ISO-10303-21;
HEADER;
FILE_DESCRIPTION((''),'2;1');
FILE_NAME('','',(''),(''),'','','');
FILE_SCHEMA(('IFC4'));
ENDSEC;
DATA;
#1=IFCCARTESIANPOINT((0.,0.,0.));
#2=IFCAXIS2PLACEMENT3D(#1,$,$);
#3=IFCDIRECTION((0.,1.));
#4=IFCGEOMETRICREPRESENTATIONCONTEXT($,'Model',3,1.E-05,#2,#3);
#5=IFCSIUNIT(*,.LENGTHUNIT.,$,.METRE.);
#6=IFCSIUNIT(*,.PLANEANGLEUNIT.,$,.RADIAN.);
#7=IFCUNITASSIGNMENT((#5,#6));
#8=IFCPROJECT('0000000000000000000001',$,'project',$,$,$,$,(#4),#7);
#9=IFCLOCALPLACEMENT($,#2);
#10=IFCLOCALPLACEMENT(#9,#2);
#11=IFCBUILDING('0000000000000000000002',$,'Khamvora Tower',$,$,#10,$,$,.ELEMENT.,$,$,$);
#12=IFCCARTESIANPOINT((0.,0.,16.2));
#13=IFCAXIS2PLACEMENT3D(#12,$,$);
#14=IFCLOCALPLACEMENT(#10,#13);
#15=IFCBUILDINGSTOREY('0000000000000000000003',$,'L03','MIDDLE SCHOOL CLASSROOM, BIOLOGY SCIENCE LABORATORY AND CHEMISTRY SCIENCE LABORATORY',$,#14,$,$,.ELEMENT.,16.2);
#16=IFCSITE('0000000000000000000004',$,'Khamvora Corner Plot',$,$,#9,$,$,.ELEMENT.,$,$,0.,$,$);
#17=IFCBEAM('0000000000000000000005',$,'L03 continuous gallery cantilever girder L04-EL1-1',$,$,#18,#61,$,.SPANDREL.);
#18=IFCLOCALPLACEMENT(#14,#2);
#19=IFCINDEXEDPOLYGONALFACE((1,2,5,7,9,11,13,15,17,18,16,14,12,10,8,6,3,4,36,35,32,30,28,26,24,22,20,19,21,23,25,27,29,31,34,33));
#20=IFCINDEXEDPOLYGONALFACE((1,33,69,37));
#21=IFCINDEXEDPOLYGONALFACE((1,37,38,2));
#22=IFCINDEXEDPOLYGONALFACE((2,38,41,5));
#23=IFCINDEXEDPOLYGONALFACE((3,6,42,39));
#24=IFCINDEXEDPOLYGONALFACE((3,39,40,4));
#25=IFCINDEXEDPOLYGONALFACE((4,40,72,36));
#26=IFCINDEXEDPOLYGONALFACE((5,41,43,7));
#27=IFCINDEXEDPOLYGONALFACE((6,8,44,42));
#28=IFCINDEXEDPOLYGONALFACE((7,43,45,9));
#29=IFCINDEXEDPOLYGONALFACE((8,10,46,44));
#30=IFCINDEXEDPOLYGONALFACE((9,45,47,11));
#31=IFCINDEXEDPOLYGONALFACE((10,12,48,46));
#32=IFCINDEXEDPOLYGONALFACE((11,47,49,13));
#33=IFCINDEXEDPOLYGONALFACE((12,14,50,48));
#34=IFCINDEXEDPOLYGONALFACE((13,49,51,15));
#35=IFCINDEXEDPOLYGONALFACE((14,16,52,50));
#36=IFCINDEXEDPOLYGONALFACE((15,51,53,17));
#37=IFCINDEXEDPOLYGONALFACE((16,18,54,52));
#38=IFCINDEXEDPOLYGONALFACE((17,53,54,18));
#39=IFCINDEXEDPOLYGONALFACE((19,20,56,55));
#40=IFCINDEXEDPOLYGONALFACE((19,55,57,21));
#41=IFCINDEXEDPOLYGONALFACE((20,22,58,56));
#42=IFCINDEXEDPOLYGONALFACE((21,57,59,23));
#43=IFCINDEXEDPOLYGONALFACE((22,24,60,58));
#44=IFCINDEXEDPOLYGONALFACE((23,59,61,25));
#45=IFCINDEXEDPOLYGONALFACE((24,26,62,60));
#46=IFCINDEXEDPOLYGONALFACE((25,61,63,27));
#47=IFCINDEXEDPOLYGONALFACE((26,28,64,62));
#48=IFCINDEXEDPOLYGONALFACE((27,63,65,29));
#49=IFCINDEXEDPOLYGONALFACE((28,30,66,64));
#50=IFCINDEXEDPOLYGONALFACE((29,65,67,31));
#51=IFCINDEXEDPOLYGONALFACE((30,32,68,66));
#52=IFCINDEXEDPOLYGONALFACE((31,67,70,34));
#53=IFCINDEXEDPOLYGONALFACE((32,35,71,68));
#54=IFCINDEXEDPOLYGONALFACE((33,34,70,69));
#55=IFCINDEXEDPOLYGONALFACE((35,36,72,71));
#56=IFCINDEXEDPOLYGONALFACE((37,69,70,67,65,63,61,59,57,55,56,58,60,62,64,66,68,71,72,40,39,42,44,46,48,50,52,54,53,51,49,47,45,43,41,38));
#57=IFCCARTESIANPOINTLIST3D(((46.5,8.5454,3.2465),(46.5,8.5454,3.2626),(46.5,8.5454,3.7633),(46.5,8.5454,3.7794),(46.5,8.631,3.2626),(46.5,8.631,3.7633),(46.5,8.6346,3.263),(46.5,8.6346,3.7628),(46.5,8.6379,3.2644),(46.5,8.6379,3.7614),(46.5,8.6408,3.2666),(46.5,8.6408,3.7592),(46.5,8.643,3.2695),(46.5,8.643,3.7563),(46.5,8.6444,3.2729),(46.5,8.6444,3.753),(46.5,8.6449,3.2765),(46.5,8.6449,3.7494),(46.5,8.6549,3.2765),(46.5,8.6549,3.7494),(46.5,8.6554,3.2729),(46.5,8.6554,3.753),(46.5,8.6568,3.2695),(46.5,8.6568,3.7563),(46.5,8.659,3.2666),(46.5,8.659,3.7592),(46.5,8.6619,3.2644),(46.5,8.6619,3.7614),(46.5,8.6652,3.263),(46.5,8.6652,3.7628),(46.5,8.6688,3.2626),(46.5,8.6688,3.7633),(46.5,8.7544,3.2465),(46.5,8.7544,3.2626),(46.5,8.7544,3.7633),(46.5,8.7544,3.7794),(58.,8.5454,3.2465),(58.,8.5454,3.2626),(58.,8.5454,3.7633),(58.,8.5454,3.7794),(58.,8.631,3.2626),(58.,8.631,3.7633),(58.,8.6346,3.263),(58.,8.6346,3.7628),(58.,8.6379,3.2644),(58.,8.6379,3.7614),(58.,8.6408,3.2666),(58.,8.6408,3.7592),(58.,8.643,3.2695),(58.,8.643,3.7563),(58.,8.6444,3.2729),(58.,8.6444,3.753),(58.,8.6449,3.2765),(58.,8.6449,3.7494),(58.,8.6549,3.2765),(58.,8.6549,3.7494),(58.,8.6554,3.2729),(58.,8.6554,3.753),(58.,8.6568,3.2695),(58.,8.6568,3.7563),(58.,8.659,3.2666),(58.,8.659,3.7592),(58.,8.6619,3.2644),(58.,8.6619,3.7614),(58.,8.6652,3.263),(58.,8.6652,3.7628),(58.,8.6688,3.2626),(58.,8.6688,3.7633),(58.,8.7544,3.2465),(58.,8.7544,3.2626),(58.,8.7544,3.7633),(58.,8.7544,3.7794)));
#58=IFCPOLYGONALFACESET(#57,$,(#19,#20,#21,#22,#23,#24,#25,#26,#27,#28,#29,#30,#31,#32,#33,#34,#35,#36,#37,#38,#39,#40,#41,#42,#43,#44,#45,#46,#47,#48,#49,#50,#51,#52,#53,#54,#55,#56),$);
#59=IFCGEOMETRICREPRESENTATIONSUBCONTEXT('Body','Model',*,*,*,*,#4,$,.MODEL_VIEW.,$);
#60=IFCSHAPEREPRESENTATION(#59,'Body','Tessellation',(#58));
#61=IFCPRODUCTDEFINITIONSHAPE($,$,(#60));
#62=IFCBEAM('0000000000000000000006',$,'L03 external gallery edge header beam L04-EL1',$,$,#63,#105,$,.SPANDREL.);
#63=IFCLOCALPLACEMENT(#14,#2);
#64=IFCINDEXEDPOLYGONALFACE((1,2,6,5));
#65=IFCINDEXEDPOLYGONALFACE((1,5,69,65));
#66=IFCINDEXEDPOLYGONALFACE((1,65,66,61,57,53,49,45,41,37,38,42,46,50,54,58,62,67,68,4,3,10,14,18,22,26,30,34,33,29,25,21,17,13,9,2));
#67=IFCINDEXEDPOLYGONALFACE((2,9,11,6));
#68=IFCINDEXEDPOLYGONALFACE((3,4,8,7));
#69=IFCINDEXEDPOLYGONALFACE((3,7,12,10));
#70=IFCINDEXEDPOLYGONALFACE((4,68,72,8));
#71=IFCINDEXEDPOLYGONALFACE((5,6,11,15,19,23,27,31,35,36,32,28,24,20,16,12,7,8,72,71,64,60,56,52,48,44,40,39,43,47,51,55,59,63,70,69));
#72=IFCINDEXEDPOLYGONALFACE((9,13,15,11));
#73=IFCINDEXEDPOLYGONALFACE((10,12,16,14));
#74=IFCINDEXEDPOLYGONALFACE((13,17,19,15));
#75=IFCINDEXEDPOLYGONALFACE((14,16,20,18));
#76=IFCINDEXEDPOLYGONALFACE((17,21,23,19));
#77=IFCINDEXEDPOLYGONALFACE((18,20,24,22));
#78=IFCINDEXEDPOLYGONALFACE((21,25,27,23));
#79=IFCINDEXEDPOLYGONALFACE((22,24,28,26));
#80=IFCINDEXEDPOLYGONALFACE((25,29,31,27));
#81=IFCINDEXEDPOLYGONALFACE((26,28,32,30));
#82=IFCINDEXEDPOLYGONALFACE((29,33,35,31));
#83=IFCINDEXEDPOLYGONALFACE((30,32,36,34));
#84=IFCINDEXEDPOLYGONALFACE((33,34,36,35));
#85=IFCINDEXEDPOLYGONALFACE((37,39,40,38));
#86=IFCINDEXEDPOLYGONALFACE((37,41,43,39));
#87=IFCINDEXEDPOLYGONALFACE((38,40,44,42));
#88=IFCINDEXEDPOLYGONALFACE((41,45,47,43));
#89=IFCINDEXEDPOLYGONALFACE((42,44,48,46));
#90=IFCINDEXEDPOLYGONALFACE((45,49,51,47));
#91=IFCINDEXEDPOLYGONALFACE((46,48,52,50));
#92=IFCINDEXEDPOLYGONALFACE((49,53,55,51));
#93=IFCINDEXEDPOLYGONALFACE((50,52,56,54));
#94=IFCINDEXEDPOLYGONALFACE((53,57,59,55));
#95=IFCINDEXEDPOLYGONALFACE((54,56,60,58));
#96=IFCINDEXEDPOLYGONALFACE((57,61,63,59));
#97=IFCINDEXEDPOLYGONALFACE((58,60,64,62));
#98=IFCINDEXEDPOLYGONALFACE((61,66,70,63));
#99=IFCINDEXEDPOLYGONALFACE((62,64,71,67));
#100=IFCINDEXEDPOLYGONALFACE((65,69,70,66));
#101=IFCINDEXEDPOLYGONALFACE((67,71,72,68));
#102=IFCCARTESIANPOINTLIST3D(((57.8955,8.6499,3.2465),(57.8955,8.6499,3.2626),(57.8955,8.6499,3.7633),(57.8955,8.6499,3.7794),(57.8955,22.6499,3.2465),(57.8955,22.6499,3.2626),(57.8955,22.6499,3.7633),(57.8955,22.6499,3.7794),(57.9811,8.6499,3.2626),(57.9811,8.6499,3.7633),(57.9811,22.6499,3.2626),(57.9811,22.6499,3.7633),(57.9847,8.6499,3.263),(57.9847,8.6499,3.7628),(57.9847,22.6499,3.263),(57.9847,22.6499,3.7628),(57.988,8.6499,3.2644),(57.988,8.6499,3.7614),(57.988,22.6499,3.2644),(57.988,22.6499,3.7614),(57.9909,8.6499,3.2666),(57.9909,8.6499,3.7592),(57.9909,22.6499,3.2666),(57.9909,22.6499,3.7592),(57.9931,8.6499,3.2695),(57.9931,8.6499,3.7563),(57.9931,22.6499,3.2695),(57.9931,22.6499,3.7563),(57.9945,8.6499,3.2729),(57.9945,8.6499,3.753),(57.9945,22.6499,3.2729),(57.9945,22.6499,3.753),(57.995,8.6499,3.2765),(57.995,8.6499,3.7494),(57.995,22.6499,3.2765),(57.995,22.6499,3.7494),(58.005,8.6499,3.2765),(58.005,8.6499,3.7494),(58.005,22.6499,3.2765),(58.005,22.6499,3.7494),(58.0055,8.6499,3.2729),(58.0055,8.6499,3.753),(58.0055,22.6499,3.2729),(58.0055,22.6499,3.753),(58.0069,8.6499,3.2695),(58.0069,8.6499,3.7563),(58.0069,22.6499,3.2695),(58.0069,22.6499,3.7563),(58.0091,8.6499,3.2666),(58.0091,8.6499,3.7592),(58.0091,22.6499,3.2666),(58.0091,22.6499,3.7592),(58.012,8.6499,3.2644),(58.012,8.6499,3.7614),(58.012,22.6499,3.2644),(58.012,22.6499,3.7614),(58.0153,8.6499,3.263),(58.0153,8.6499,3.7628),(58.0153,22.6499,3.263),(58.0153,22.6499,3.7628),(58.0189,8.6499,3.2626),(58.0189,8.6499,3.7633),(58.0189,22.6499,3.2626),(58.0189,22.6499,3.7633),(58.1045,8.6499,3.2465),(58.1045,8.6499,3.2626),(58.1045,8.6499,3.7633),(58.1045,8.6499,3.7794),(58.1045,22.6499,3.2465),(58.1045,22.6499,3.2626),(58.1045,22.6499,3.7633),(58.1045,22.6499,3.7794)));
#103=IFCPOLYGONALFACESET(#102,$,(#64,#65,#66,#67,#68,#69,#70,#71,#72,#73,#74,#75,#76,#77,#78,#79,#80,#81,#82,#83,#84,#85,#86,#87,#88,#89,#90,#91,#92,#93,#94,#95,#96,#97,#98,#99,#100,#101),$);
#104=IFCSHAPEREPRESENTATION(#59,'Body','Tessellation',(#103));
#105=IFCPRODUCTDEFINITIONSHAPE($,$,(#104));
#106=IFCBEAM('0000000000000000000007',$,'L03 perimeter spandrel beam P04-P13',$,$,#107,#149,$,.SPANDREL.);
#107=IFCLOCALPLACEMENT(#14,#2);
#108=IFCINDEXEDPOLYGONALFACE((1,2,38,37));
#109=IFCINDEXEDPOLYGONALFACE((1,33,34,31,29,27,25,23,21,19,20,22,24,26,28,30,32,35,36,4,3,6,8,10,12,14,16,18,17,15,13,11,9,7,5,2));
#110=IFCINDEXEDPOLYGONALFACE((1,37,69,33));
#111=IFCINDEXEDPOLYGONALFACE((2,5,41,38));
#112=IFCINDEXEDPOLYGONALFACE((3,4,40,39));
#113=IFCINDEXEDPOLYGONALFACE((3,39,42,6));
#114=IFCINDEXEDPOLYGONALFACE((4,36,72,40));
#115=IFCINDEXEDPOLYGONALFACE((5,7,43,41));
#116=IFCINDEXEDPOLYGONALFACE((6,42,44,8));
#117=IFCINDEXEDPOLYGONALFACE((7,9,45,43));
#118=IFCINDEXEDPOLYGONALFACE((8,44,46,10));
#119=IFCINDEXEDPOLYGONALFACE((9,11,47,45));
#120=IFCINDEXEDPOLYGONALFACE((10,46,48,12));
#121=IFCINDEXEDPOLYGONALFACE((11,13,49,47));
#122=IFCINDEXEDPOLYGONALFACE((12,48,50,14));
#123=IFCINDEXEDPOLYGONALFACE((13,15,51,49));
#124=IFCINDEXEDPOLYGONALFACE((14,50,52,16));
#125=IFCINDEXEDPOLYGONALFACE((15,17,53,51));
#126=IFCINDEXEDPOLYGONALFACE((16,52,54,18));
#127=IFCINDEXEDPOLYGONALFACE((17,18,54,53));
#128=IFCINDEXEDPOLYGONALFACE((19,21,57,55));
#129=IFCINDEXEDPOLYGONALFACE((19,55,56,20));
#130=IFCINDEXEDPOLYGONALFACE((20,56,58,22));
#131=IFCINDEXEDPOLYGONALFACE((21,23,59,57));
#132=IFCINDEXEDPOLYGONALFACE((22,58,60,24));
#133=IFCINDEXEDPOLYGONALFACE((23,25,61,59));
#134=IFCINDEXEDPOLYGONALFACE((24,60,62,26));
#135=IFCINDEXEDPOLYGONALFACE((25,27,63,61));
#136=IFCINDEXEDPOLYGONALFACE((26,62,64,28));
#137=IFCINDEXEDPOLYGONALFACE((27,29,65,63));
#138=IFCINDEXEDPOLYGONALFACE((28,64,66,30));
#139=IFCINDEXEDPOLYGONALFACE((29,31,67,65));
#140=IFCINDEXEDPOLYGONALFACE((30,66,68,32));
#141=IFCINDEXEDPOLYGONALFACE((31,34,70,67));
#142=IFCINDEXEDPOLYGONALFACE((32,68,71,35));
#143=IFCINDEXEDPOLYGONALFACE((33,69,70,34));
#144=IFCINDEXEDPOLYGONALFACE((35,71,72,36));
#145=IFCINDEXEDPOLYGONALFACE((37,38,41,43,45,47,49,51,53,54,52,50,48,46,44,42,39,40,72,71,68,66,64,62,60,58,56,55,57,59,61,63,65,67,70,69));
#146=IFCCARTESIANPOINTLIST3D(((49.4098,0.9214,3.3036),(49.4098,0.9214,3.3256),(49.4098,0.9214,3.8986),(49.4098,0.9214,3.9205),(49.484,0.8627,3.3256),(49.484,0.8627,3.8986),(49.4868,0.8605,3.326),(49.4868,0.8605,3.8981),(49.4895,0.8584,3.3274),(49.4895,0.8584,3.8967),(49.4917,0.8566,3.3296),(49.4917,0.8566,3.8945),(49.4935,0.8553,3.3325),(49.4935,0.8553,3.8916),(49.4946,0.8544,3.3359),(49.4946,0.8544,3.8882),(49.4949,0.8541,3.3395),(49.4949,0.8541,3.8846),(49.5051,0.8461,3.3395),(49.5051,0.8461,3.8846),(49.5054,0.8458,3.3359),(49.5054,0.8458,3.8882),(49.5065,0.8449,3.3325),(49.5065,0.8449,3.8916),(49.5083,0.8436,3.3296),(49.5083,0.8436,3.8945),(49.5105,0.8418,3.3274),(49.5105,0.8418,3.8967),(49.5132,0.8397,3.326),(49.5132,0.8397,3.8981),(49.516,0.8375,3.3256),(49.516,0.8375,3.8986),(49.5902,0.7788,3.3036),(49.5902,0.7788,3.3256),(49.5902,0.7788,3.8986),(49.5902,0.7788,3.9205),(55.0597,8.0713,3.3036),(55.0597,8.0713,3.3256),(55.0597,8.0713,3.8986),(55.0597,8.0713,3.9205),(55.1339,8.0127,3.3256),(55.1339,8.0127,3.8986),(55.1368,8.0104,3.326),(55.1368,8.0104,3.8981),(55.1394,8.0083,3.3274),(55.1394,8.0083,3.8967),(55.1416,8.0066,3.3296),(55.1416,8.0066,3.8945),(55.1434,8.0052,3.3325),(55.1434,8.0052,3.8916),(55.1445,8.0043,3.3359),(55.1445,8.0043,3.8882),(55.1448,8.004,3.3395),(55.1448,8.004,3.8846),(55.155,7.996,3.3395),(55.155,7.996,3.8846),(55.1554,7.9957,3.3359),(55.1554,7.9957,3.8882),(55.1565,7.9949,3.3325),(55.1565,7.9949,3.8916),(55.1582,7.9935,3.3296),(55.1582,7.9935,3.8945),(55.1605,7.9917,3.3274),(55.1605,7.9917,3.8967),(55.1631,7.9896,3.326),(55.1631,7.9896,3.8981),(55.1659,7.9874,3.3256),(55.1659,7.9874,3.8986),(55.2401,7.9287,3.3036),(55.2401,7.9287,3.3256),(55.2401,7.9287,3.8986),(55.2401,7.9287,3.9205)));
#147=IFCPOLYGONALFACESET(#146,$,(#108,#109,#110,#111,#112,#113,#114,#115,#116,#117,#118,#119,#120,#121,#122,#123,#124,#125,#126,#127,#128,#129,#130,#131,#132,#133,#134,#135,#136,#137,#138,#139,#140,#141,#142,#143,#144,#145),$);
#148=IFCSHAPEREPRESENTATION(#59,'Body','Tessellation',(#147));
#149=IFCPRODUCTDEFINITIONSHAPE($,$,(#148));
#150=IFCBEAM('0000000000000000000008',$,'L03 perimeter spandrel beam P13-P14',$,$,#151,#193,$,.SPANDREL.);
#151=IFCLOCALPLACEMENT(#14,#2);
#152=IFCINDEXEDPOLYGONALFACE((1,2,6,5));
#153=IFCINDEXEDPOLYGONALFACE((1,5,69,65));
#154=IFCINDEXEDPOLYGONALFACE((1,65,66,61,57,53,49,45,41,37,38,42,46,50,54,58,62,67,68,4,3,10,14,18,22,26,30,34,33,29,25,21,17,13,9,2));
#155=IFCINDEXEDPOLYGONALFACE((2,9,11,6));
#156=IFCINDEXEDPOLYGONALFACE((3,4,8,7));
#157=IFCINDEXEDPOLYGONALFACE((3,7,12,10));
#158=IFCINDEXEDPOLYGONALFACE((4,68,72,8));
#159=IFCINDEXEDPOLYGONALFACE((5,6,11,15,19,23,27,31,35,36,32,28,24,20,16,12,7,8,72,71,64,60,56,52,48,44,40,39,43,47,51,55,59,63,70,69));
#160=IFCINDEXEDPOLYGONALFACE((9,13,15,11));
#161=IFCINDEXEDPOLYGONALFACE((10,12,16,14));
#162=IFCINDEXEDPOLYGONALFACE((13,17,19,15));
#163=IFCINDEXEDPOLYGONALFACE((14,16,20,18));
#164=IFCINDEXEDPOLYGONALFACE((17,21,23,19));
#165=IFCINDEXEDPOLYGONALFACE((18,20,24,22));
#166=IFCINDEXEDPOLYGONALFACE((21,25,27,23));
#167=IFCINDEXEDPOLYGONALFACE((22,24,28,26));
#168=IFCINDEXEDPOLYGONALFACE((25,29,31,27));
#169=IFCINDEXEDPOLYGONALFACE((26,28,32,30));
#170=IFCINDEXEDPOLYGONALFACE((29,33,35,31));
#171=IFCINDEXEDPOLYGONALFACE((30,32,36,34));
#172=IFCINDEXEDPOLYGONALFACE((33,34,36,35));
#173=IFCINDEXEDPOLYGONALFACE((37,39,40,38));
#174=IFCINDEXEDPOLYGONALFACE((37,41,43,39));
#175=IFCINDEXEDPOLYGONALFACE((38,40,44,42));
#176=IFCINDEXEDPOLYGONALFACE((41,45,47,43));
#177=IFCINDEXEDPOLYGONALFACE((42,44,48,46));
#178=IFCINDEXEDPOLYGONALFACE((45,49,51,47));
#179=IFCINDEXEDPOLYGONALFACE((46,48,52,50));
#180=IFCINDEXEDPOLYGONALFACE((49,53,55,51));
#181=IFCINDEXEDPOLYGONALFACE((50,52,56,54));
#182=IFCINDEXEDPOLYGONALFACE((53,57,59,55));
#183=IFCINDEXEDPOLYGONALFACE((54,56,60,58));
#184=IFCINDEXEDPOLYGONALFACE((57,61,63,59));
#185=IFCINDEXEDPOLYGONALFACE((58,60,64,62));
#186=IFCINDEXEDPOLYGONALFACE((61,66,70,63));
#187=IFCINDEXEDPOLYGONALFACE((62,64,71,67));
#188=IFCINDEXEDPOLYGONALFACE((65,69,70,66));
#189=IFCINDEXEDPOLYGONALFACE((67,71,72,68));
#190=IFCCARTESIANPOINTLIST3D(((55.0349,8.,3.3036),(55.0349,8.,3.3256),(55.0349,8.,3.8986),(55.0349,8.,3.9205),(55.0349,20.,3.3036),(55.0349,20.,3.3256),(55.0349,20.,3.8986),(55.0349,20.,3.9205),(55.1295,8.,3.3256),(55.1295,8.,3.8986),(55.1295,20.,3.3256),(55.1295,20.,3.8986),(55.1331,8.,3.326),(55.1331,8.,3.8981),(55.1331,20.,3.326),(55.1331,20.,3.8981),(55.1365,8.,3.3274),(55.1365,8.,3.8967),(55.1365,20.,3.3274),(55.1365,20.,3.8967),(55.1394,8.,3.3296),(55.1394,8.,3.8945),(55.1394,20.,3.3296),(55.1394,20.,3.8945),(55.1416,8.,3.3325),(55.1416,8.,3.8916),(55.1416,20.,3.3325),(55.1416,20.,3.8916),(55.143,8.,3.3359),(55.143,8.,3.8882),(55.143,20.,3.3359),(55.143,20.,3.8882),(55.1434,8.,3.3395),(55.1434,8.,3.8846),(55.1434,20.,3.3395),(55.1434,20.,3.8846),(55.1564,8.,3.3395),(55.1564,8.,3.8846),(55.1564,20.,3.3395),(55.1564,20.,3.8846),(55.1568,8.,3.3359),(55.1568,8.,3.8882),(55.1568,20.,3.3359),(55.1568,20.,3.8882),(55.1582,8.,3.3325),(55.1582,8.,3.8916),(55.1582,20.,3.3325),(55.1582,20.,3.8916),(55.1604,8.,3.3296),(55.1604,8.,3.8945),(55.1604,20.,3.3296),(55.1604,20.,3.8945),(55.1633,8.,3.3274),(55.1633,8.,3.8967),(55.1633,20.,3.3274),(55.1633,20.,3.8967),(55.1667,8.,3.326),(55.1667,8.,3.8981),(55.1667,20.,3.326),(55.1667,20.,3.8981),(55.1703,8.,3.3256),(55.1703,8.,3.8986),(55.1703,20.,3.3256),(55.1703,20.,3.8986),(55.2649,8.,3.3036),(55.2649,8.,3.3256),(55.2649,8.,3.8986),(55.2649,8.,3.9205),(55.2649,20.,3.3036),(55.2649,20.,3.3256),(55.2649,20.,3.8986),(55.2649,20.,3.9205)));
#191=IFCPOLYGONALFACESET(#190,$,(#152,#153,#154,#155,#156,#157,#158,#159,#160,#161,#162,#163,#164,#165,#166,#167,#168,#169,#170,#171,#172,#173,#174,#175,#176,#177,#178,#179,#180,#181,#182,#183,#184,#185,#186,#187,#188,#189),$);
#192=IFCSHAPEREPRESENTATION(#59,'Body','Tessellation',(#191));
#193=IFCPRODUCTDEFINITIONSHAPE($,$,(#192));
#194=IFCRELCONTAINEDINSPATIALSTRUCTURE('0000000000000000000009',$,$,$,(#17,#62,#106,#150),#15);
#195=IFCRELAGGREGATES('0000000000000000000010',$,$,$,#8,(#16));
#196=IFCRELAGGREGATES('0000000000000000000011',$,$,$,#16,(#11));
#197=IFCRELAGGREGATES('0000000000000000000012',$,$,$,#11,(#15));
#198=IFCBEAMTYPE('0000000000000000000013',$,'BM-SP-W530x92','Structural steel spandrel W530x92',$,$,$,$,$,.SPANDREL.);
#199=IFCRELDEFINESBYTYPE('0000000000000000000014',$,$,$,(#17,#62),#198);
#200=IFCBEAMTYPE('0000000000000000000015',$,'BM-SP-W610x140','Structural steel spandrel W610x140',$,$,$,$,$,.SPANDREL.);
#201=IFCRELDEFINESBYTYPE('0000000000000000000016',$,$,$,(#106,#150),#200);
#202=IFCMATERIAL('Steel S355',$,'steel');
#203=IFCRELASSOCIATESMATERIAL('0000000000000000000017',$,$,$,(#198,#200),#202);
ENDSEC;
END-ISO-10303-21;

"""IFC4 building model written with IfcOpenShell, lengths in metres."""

from ifc_helpers import new_model, si_unit, direction, frame, origin, origin_2d, place, context, subcontext, project, spatial, i_section, extrude, material, material_profile, profile_set, type_object, element, save


model = new_model("IFC4")

# Units and contexts
model_context = context("Model", 3, precision=1e-05, world=origin(), true_north=direction((0.0, 1.0)))
body_context = subcontext(model_context, "Body", "Model", "MODEL_VIEW")
ifc_project = project(units=[si_unit("LENGTHUNIT", "METRE"), si_unit("PLANEANGLEUNIT", "RADIAN")], contexts=[model_context])

# Site, building, storey
site_placement = place(None, origin())
site = spatial("IfcSite", under=ifc_project, at=site_placement, Name="Khamvora Corner Plot", CompositionType="ELEMENT", RefElevation=0.0)
building_placement = place(site_placement, origin())
building = spatial("IfcBuilding", under=site, at=building_placement, Name="Khamvora Tower", CompositionType="ELEMENT")
storey_placement = place(building_placement, frame((0.0, 0.0, 16.2)))
storey = spatial("IfcBuildingStorey", under=building, at=storey_placement, Name="L03", Description="MIDDLE SCHOOL CLASSROOM, BIOLOGY SCIENCE LABORATORY AND CHEMISTRY SCIENCE LABORATORY", CompositionType="ELEMENT", Elevation=16.2)

# Beams
ifc_material_1 = material(Name="Steel S355", Category="steel")
ifc_material_profile_1 = material_profile(ifc_material_1, i_section(OverallWidth=0.209, OverallDepth=0.533, WebThickness=0.01, FlangeThickness=0.0161, FilletRadius=0.0139, at=origin_2d()), Name="W530x92")
ifc_profile_set_1 = profile_set([ifc_material_profile_1], Name="Steel S355")
beam_type_1 = type_object("IfcBeamType", Name="BM-SP-W530x92", Description="Structural steel spandrel W530x92", PredefinedType="SPANDREL", material=ifc_profile_set_1)
beam_1_placement = place(storey_placement, frame((46.5, 8.6499, 3.5129), z_axis=(1.0, 0.0, 0.0), x_axis=(0.0, 1.0, 0.0)))
element("IfcBeam", 1, at=beam_1_placement, inside=storey, type_object=beam_type_1, Name="L03 continuous gallery cantilever girder L04-EL1-1", PredefinedType="SPANDREL", context=body_context, shape_type="SweptSolid", body=[
    extrude(i_section(OverallWidth=0.209, OverallDepth=0.533, WebThickness=0.01, FlangeThickness=0.0161, FilletRadius=0.0139, at=origin_2d()), origin(), (0.0, 0.0, 1.0), 11.5),
])
beam_2_placement = place(storey_placement, frame((58.0, 8.6499, 3.5129), z_axis=(0.0, 1.0, 0.0), x_axis=(-1.0, 0.0, 0.0)))
element("IfcBeam", 2, at=beam_2_placement, inside=storey, type_object=beam_type_1, Name="L03 external gallery edge header beam L04-EL1", PredefinedType="SPANDREL", context=body_context, shape_type="SweptSolid", body=[
    extrude(i_section(OverallWidth=0.209, OverallDepth=0.533, WebThickness=0.01, FlangeThickness=0.0161, FilletRadius=0.0139, at=origin_2d()), origin(), (0.0, 0.0, 1.0), 14.0),
])
ifc_material_profile_2 = material_profile(ifc_material_1, i_section(OverallWidth=0.23, OverallDepth=0.6169, WebThickness=0.0129, FlangeThickness=0.022, FilletRadius=0.0139, at=origin_2d()), Name="W610x140")
ifc_profile_set_2 = profile_set([ifc_material_profile_2], Name="Steel S355")
beam_type_2 = type_object("IfcBeamType", Name="BM-SP-W610x140", Description="Structural steel spandrel W610x140", PredefinedType="SPANDREL", material=ifc_profile_set_2)
beam_3_placement = place(storey_placement, frame((49.5, 0.8501, 3.6121), z_axis=(0.619999, 0.784603, 0.0), x_axis=(-0.784603, 0.619999, 0.0)))
element("IfcBeam", 3, at=beam_3_placement, inside=storey, type_object=beam_type_2, Name="L03 perimeter spandrel beam P04-P13", PredefinedType="SPANDREL", context=body_context, shape_type="SweptSolid", body=[
    extrude(i_section(OverallWidth=0.23, OverallDepth=0.6169, WebThickness=0.0129, FlangeThickness=0.022, FilletRadius=0.0139, at=origin_2d()), origin(), (0.0, 0.0, 1.0), 9.1128),
])
beam_4_placement = place(storey_placement, frame((55.1499, 8.0, 3.6121), z_axis=(0.0, 1.0, 0.0), x_axis=(-1.0, 0.0, 0.0)))
element("IfcBeam", 4, at=beam_4_placement, inside=storey, type_object=beam_type_2, Name="L03 perimeter spandrel beam P13-P14", PredefinedType="SPANDREL", context=body_context, shape_type="SweptSolid", body=[
    extrude(i_section(OverallWidth=0.23, OverallDepth=0.6169, WebThickness=0.0129, FlangeThickness=0.022, FilletRadius=0.0139, at=origin_2d()), origin(), (0.0, 0.0, 1.0), 12.0),
])

save(model, "model.ifc")
